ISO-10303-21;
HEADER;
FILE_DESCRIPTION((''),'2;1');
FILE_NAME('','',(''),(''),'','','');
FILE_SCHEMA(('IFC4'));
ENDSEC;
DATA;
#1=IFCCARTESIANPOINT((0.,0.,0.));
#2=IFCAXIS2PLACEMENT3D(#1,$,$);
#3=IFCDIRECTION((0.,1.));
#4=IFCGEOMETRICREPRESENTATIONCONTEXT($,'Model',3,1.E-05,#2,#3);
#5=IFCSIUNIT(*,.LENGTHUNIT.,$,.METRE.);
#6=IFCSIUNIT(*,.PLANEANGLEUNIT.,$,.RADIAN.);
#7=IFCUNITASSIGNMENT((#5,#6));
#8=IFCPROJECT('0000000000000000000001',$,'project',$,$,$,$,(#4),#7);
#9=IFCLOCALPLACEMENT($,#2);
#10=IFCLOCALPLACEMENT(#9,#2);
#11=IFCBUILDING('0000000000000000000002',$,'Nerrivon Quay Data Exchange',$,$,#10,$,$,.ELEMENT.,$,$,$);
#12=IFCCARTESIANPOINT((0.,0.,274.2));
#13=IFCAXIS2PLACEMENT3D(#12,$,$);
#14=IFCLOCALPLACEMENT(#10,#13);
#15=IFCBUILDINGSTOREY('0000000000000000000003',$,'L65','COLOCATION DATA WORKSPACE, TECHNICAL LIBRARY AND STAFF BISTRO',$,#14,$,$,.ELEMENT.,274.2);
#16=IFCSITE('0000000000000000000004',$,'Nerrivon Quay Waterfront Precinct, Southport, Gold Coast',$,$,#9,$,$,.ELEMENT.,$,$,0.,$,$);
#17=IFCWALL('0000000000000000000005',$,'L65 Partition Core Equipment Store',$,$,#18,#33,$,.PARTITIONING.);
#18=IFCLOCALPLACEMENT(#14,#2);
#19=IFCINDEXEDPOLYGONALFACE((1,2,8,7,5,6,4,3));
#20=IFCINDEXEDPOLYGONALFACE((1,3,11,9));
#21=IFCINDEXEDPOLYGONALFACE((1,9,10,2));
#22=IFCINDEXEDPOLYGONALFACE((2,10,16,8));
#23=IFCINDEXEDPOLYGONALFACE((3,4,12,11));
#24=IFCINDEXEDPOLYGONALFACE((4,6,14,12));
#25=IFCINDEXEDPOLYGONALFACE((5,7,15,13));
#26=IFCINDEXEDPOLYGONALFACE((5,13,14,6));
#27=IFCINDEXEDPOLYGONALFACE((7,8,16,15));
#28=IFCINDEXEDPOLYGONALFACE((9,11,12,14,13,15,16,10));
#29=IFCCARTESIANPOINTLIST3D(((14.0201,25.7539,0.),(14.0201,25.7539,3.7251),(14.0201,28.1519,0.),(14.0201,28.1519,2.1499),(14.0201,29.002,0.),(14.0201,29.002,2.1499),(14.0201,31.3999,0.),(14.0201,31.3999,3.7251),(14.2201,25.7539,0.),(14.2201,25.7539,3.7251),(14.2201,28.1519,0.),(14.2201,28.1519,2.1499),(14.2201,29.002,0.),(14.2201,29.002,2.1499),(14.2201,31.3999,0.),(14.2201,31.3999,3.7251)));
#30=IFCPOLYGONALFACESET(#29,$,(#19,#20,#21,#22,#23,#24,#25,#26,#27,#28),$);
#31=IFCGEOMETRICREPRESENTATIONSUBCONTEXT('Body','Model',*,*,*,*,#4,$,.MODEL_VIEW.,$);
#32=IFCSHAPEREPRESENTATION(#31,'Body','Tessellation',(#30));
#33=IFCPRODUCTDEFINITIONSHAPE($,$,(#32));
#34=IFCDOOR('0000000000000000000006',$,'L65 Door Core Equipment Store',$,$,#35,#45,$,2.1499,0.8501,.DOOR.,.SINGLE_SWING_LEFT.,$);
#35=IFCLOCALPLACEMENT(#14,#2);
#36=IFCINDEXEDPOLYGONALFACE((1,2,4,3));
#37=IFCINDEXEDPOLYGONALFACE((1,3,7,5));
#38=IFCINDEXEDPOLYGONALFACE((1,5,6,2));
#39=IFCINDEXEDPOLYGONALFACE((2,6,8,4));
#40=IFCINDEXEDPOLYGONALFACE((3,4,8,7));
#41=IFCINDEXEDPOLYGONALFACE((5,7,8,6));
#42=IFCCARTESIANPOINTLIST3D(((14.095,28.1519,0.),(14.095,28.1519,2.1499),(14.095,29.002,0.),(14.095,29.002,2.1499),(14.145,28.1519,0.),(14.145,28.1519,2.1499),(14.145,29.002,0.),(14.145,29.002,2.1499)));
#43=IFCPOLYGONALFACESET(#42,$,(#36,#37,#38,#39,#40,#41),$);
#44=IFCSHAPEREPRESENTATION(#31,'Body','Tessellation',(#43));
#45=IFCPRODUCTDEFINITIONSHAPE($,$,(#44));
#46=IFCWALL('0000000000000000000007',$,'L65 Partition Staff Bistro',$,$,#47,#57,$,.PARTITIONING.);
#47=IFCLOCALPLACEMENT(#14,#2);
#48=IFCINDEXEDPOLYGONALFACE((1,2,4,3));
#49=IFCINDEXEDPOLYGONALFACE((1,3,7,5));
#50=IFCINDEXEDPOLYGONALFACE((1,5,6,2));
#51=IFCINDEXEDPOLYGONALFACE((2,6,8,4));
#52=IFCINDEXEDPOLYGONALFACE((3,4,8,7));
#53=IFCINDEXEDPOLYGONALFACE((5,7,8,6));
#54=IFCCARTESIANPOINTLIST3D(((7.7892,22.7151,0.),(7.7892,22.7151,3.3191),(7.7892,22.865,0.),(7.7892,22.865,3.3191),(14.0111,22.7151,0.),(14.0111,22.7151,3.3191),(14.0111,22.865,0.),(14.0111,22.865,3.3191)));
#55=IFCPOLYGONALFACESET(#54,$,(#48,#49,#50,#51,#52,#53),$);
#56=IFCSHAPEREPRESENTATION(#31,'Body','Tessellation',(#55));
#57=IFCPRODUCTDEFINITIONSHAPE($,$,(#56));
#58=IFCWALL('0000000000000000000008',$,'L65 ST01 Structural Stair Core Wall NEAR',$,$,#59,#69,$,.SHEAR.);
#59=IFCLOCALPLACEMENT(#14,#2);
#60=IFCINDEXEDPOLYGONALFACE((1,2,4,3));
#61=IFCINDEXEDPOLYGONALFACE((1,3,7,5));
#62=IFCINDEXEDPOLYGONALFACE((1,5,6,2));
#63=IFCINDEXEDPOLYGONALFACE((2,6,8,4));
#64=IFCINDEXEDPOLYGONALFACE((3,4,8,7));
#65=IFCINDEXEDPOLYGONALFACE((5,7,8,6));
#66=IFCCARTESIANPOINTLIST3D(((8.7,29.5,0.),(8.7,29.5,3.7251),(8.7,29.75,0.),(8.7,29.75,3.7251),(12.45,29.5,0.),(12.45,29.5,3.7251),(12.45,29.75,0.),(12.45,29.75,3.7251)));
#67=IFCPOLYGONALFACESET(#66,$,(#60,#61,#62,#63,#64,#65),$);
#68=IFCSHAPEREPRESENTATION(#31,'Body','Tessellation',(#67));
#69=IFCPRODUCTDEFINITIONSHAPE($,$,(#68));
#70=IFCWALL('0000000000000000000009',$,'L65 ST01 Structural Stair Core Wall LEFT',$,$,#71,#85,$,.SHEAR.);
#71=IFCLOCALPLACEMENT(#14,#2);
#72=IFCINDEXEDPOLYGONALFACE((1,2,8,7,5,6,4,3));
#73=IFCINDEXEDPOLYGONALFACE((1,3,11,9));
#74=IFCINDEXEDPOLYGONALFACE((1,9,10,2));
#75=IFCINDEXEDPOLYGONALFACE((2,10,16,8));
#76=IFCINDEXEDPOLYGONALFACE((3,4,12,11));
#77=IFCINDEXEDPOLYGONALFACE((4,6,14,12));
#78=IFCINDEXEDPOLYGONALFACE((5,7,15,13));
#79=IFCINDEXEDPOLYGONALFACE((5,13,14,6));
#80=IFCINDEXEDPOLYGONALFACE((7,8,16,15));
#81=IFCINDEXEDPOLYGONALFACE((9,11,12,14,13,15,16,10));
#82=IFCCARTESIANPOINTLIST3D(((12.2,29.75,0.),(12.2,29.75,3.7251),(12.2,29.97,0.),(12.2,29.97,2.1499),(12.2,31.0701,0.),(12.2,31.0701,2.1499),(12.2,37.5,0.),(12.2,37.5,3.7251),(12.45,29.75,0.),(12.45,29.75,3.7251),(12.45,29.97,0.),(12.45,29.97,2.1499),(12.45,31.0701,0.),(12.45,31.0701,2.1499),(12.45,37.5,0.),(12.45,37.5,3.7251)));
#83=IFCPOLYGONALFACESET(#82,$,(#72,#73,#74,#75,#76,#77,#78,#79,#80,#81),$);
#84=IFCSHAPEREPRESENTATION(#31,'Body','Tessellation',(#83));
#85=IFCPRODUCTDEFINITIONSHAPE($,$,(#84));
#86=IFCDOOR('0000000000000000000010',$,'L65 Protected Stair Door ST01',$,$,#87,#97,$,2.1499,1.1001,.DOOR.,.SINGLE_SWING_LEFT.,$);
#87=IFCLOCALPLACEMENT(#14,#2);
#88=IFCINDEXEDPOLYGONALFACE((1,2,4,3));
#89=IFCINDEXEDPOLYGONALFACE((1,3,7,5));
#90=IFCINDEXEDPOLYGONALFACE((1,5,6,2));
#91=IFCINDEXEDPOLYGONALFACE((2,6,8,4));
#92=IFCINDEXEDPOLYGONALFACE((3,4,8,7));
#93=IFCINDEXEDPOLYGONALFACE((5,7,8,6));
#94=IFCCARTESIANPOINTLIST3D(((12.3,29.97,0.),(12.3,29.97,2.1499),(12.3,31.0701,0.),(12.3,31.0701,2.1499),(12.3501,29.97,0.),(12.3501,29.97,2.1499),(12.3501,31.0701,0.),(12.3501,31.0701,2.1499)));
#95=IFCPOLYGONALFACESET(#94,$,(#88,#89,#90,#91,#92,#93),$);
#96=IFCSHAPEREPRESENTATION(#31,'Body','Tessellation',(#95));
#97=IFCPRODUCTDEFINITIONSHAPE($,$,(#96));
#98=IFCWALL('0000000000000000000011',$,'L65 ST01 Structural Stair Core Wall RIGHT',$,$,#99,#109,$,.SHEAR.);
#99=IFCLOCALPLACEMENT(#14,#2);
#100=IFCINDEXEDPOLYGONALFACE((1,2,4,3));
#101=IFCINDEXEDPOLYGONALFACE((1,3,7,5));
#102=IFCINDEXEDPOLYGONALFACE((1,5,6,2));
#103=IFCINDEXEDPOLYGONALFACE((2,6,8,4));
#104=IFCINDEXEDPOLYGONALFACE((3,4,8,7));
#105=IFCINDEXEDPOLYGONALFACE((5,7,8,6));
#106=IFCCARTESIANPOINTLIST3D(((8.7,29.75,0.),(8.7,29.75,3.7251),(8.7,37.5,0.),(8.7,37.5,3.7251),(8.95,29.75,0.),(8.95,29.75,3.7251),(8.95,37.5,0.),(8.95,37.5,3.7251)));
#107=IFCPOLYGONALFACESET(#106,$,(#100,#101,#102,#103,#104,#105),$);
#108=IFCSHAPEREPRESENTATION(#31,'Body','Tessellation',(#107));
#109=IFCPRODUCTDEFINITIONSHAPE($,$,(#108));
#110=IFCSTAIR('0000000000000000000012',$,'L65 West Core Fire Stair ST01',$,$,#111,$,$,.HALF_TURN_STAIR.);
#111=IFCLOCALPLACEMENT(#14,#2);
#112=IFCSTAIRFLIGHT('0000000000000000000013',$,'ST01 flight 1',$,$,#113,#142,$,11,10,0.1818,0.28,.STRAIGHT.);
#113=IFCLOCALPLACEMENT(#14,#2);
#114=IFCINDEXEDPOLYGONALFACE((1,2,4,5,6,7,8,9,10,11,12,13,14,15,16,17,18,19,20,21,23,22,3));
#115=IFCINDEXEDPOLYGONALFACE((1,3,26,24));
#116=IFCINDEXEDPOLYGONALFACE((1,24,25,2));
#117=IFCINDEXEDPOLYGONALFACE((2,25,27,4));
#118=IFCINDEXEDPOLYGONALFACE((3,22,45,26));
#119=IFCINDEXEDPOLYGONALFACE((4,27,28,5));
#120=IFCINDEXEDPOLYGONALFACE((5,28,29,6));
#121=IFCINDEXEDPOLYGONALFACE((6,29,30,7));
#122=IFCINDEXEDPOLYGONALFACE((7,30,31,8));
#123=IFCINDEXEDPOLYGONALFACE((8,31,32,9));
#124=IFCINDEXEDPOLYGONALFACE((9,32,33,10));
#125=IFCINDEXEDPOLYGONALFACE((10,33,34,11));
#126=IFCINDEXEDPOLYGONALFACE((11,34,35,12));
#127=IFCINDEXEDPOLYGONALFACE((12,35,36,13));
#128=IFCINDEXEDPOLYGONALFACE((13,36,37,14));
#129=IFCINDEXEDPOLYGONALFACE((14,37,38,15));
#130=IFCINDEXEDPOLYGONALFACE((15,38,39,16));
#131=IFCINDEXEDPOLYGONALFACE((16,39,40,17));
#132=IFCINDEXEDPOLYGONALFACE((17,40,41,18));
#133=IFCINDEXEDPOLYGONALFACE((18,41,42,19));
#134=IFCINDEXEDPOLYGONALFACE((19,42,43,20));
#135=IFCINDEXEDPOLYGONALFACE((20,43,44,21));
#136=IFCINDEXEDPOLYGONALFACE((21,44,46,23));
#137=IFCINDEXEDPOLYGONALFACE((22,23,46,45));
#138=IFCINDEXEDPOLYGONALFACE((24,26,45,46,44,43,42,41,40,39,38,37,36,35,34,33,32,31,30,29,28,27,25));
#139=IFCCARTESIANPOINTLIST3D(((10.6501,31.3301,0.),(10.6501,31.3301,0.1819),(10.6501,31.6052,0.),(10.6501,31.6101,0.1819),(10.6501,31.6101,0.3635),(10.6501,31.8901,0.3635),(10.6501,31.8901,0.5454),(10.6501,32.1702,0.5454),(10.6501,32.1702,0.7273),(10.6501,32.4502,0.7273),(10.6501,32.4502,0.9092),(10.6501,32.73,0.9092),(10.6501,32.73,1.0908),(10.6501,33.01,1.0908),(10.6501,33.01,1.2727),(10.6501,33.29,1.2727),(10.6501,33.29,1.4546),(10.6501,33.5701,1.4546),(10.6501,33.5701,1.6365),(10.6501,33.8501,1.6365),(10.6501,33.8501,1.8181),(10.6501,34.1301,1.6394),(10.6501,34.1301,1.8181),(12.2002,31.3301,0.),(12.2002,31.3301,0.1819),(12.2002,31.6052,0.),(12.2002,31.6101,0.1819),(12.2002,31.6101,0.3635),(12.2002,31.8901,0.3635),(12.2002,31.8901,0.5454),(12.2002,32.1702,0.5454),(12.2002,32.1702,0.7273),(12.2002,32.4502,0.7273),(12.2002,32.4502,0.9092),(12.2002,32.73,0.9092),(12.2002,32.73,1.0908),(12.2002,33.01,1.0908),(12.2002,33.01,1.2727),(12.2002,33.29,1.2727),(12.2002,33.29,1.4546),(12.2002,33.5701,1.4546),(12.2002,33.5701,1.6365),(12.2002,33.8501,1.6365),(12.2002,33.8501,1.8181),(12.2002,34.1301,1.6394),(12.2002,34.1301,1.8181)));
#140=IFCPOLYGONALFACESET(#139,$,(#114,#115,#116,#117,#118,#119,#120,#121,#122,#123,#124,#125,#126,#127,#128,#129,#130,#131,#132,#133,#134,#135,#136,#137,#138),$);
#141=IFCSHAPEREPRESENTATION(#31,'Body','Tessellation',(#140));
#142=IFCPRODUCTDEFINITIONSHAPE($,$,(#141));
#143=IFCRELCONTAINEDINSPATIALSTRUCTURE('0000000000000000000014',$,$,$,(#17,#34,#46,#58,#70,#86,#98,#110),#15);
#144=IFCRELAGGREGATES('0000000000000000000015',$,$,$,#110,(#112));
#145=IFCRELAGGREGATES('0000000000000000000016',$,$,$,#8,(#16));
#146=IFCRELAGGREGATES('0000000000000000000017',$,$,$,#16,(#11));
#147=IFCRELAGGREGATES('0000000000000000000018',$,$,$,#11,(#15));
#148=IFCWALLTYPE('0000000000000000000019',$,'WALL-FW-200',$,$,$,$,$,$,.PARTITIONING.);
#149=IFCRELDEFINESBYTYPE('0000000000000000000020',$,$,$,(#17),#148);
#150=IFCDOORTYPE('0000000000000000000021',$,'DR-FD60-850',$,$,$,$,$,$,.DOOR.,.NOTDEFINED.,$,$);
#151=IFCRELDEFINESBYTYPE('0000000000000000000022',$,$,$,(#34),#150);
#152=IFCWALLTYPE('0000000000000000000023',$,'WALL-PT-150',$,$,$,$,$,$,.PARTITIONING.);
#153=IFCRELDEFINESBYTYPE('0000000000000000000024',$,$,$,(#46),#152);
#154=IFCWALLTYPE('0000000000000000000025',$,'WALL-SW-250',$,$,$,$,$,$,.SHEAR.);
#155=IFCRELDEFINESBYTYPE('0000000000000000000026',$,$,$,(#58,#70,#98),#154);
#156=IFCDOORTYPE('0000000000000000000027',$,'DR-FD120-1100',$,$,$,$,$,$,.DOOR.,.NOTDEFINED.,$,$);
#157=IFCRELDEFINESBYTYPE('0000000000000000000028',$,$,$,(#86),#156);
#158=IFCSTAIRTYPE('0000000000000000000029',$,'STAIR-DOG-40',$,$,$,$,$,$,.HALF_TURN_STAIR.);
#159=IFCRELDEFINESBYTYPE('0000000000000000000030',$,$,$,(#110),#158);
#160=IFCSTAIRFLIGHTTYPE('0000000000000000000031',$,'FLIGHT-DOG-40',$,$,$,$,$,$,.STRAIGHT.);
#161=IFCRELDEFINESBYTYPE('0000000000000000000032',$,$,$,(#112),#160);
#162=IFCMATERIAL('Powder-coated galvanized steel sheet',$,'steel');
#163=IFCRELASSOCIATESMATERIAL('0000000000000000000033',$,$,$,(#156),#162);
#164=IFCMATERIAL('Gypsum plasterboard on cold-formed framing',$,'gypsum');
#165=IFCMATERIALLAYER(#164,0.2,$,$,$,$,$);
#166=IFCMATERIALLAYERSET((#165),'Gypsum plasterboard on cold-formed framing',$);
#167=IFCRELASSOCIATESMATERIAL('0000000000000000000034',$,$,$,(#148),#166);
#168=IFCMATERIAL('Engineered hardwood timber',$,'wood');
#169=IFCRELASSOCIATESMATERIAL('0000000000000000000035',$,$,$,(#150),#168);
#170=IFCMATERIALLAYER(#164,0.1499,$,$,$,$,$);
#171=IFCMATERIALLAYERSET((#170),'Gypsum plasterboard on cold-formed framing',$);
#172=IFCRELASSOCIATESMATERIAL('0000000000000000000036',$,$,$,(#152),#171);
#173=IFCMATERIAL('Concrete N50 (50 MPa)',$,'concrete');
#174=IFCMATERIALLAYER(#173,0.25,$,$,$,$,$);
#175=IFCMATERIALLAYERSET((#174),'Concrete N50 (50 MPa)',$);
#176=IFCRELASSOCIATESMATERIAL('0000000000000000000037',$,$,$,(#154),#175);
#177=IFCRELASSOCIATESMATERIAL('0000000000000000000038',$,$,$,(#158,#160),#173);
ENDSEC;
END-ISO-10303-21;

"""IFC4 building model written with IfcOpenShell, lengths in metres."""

from ifc_helpers import new_model, si_unit, direction, frame, frame_2d, origin, place, context, subcontext, project, spatial, polyline, rectangle, outline, extrude, material, layer, layer_set, type_object, element, fill, aggregate, save


model = new_model("IFC4")

# Units and contexts
model_context = context("Model", 3, precision=1e-05, world=origin(), true_north=direction((0.0, 1.0)))
body_context = subcontext(model_context, "Body", "Model", "MODEL_VIEW")
ifc_project = project(units=[si_unit("LENGTHUNIT", "METRE"), si_unit("PLANEANGLEUNIT", "RADIAN")], contexts=[model_context])

# Site, building, storey
site_placement = place(None, origin())
site = spatial("IfcSite", under=ifc_project, at=site_placement, Name="Nerrivon Quay Waterfront Precinct, Southport, Gold Coast", CompositionType="ELEMENT", RefElevation=0.0)
building_placement = place(site_placement, origin())
building = spatial("IfcBuilding", under=site, at=building_placement, Name="Nerrivon Quay Data Exchange", CompositionType="ELEMENT")
storey_placement = place(building_placement, frame((0.0, 0.0, 274.2)))
storey = spatial("IfcBuildingStorey", under=building, at=storey_placement, Name="L65", Description="COLOCATION DATA WORKSPACE, TECHNICAL LIBRARY AND STAFF BISTRO", CompositionType="ELEMENT", Elevation=274.2)

# Shared definitions
ifc_material_1 = material(Name="Concrete N50 (50 MPa)", Category="concrete")

# Shared definitions
ifc_material_2 = material(Name="Powder-coated galvanized steel sheet", Category="steel")
door_type_1 = type_object("IfcDoorType", Name="DR-FD120-1100", OperationType="NOTDEFINED", PredefinedType="DOOR", material=ifc_material_2)
ifc_material_3 = material(Name="Gypsum plasterboard on cold-formed framing", Category="gypsum")
ifc_layer_1 = layer(ifc_material_3, 0.2)
ifc_layer_set_1 = layer_set([ifc_layer_1], Name="Gypsum plasterboard on cold-formed framing")
wall_type_1 = type_object("IfcWallType", Name="WALL-FW-200", PredefinedType="PARTITIONING", material=ifc_layer_set_1)

# Wall, opening, door
wall_1_placement = place(storey_placement, frame((14.1201, 31.3999, 0.0), z_axis=(0.0, 0.0, 1.0), x_axis=(0.0, -1.0, 0.0)))
wall_1 = element("IfcWall", 1, at=wall_1_placement, inside=storey, type_object=wall_type_1, Name="L65 Partition Core Equipment Store", PredefinedType="PARTITIONING", context=body_context, shape_type="SweptSolid", body=[
    extrude(rectangle(XDim=5.646, YDim=0.2, at=frame_2d((2.823, 0.0))), origin(), (0.0, 0.0, 1.0), 3.7251),
])
opening_1_placement = place(wall_1_placement, frame((2.3979, 0.0, 0.0)))
opening_1 = element("IfcOpeningElement", 2, at=opening_1_placement, cuts=wall_1, PredefinedType="OPENING", context=body_context, shape_type="SweptSolid", body=[
    extrude(rectangle(XDim=0.8501, YDim=2.1499, at=frame_2d((0.425, 1.075))), frame((0.0, 0.1099, 0.0), z_axis=(0.0, -1.0, 0.0), x_axis=(1.0, 0.0, 0.0)), (0.0, 0.0, 1.0), 0.22),
])
ifc_material_4 = material(Name="Engineered hardwood timber", Category="wood")
door_type_2 = type_object("IfcDoorType", Name="DR-FD60-850", OperationType="NOTDEFINED", PredefinedType="DOOR", material=ifc_material_4)
door_1_placement = place(opening_1_placement, origin())
door_1 = element("IfcDoor", 3, at=door_1_placement, inside=storey, type_object=door_type_2, Name="L65 Door Core Equipment Store", OperationType="SINGLE_SWING_LEFT", OverallHeight=2.1499, OverallWidth=0.8501, PredefinedType="DOOR", context=body_context, shape_type="SweptSolid", body=[
    extrude(rectangle(XDim=0.8501, YDim=2.1499, at=frame_2d((0.425, 1.075))), frame((0.0, 0.0249, 0.0), z_axis=(0.0, -1.0, 0.0), x_axis=(1.0, 0.0, 0.0)), (0.0, 0.0, 1.0), 0.05),
])
fill(opening_1, door_1)

# Walls
ifc_layer_2 = layer(ifc_material_3, 0.1499)
ifc_layer_set_2 = layer_set([ifc_layer_2], Name="Gypsum plasterboard on cold-formed framing")
wall_type_2 = type_object("IfcWallType", Name="WALL-PT-150", PredefinedType="PARTITIONING", material=ifc_layer_set_2)
wall_2_placement = place(storey_placement, frame((14.011, 22.79, 0.0), z_axis=(0.0, 0.0, 1.0), x_axis=(-1.0, 0.0, 0.0)))
element("IfcWall", 4, at=wall_2_placement, inside=storey, type_object=wall_type_2, Name="L65 Partition Staff Bistro", PredefinedType="PARTITIONING", context=body_context, shape_type="SweptSolid", body=[
    extrude(rectangle(XDim=6.2219, YDim=0.1499, at=frame_2d((3.1108, 0.0))), origin(), (0.0, 0.0, 1.0), 3.3191),
])
ifc_layer_3 = layer(ifc_material_1, 0.25)
ifc_layer_set_3 = layer_set([ifc_layer_3], Name="Concrete N50 (50 MPa)")
wall_type_3 = type_object("IfcWallType", Name="WALL-SW-250", PredefinedType="SHEAR", material=ifc_layer_set_3)
wall_3_placement = place(storey_placement, frame((12.45, 29.625, 0.0), z_axis=(0.0, 0.0, 1.0), x_axis=(-1.0, 0.0, 0.0)))
element("IfcWall", 5, at=wall_3_placement, inside=storey, type_object=wall_type_3, Name="L65 ST01 Structural Stair Core Wall NEAR", PredefinedType="SHEAR", context=body_context, shape_type="SweptSolid", body=[
    extrude(rectangle(XDim=3.75, YDim=0.25, at=frame_2d((1.875, 0.0))), origin(), (0.0, 0.0, 1.0), 3.7251),
])

# Wall, opening, door
wall_4_placement = place(storey_placement, frame((12.325, 29.75, 0.0), z_axis=(0.0, 0.0, 1.0), x_axis=(0.0, 1.0, 0.0)))
wall_4 = element("IfcWall", 6, at=wall_4_placement, inside=storey, type_object=wall_type_3, Name="L65 ST01 Structural Stair Core Wall LEFT", PredefinedType="SHEAR", context=body_context, shape_type="SweptSolid", body=[
    extrude(rectangle(XDim=7.75, YDim=0.25, at=frame_2d((3.875, 0.0))), origin(), (0.0, 0.0, 1.0), 3.7251),
])
opening_2_placement = place(wall_4_placement, frame((0.22, 0.0, 0.0)))
opening_2 = element("IfcOpeningElement", 7, at=opening_2_placement, cuts=wall_4, PredefinedType="OPENING", context=body_context, shape_type="SweptSolid", body=[
    extrude(rectangle(XDim=1.1001, YDim=2.1499, at=frame_2d((0.55, 1.075))), frame((0.0, 0.135, 0.0), z_axis=(0.0, -1.0, 0.0), x_axis=(1.0, 0.0, 0.0)), (0.0, 0.0, 1.0), 0.27),
])
door_2_placement = place(opening_2_placement, origin())
door_2 = element("IfcDoor", 8, at=door_2_placement, inside=storey, type_object=door_type_1, Name="L65 Protected Stair Door ST01", OperationType="SINGLE_SWING_LEFT", OverallHeight=2.1499, OverallWidth=1.1001, PredefinedType="DOOR", context=body_context, shape_type="SweptSolid", body=[
    extrude(rectangle(XDim=1.1001, YDim=2.1499, at=frame_2d((0.55, 1.075))), frame((0.0, 0.0249, 0.0), z_axis=(0.0, -1.0, 0.0), x_axis=(1.0, 0.0, 0.0)), (0.0, 0.0, 1.0), 0.05),
])
fill(opening_2, door_2)

# Wall
wall_5_placement = place(storey_placement, frame((8.825, 29.75, 0.0), z_axis=(0.0, 0.0, 1.0), x_axis=(0.0, 1.0, 0.0)))
element("IfcWall", 9, at=wall_5_placement, inside=storey, type_object=wall_type_3, Name="L65 ST01 Structural Stair Core Wall RIGHT", PredefinedType="SHEAR", context=body_context, shape_type="SweptSolid", body=[
    extrude(rectangle(XDim=7.75, YDim=0.25, at=frame_2d((3.875, 0.0))), origin(), (0.0, 0.0, 1.0), 3.7251),
])

# Stair, stair flight
stair_type = type_object("IfcStairType", Name="STAIR-DOG-40", PredefinedType="HALF_TURN_STAIR", material=ifc_material_1)
stair_placement = place(storey_placement, origin())
stair = element("IfcStair", 10, at=stair_placement, inside=storey, type_object=stair_type, Name="L65 West Core Fire Stair ST01", PredefinedType="HALF_TURN_STAIR")
stair_flight_type = type_object("IfcStairFlightType", Name="FLIGHT-DOG-40", PredefinedType="STRAIGHT", material=ifc_material_1)
stair_flight_placement = place(storey_placement, frame((11.425, 31.3301, 0.0), z_axis=(0.0, 0.0, 1.0), x_axis=(0.0, 1.0, 0.0)))
stair_flight = element("IfcStairFlight", 11, at=stair_flight_placement, type_object=stair_flight_type, Name="ST01 flight 1", NumberOfRisers=11, NumberOfTreads=10, PredefinedType="STRAIGHT", RiserHeight=0.1818, TreadLength=0.28, context=body_context, shape_type="SweptSolid", body=[
    extrude(outline(polyline([(0.0, 0.0), (0.0, 0.1819), (0.28, 0.1819), (0.28, 0.3635), (0.5601, 0.3635), (0.5601, 0.5454), (0.8401, 0.5454), (0.8401, 0.7273), (1.1201, 0.7273), (1.1201, 0.9092), (1.3999, 0.9092), (1.3999, 1.0908), (1.6799, 1.0908), (1.6799, 1.2727), (1.96, 1.2727), (1.96, 1.4546), (2.24, 1.4546), (2.24, 1.6365), (2.52, 1.6365), (2.52, 1.8181), (2.8, 1.8181), (2.8, 2.0), (2.8, 1.6394), (0.2751, 0.0), (0.0, 0.0)])), frame((0.0, 0.7749, 0.0), z_axis=(0.0, -1.0, 0.0), x_axis=(1.0, 0.0, 0.0)), (0.0, 0.0, 1.0), 1.55),
])
aggregate(stair, [stair_flight])

save(model, "model.ifc")
